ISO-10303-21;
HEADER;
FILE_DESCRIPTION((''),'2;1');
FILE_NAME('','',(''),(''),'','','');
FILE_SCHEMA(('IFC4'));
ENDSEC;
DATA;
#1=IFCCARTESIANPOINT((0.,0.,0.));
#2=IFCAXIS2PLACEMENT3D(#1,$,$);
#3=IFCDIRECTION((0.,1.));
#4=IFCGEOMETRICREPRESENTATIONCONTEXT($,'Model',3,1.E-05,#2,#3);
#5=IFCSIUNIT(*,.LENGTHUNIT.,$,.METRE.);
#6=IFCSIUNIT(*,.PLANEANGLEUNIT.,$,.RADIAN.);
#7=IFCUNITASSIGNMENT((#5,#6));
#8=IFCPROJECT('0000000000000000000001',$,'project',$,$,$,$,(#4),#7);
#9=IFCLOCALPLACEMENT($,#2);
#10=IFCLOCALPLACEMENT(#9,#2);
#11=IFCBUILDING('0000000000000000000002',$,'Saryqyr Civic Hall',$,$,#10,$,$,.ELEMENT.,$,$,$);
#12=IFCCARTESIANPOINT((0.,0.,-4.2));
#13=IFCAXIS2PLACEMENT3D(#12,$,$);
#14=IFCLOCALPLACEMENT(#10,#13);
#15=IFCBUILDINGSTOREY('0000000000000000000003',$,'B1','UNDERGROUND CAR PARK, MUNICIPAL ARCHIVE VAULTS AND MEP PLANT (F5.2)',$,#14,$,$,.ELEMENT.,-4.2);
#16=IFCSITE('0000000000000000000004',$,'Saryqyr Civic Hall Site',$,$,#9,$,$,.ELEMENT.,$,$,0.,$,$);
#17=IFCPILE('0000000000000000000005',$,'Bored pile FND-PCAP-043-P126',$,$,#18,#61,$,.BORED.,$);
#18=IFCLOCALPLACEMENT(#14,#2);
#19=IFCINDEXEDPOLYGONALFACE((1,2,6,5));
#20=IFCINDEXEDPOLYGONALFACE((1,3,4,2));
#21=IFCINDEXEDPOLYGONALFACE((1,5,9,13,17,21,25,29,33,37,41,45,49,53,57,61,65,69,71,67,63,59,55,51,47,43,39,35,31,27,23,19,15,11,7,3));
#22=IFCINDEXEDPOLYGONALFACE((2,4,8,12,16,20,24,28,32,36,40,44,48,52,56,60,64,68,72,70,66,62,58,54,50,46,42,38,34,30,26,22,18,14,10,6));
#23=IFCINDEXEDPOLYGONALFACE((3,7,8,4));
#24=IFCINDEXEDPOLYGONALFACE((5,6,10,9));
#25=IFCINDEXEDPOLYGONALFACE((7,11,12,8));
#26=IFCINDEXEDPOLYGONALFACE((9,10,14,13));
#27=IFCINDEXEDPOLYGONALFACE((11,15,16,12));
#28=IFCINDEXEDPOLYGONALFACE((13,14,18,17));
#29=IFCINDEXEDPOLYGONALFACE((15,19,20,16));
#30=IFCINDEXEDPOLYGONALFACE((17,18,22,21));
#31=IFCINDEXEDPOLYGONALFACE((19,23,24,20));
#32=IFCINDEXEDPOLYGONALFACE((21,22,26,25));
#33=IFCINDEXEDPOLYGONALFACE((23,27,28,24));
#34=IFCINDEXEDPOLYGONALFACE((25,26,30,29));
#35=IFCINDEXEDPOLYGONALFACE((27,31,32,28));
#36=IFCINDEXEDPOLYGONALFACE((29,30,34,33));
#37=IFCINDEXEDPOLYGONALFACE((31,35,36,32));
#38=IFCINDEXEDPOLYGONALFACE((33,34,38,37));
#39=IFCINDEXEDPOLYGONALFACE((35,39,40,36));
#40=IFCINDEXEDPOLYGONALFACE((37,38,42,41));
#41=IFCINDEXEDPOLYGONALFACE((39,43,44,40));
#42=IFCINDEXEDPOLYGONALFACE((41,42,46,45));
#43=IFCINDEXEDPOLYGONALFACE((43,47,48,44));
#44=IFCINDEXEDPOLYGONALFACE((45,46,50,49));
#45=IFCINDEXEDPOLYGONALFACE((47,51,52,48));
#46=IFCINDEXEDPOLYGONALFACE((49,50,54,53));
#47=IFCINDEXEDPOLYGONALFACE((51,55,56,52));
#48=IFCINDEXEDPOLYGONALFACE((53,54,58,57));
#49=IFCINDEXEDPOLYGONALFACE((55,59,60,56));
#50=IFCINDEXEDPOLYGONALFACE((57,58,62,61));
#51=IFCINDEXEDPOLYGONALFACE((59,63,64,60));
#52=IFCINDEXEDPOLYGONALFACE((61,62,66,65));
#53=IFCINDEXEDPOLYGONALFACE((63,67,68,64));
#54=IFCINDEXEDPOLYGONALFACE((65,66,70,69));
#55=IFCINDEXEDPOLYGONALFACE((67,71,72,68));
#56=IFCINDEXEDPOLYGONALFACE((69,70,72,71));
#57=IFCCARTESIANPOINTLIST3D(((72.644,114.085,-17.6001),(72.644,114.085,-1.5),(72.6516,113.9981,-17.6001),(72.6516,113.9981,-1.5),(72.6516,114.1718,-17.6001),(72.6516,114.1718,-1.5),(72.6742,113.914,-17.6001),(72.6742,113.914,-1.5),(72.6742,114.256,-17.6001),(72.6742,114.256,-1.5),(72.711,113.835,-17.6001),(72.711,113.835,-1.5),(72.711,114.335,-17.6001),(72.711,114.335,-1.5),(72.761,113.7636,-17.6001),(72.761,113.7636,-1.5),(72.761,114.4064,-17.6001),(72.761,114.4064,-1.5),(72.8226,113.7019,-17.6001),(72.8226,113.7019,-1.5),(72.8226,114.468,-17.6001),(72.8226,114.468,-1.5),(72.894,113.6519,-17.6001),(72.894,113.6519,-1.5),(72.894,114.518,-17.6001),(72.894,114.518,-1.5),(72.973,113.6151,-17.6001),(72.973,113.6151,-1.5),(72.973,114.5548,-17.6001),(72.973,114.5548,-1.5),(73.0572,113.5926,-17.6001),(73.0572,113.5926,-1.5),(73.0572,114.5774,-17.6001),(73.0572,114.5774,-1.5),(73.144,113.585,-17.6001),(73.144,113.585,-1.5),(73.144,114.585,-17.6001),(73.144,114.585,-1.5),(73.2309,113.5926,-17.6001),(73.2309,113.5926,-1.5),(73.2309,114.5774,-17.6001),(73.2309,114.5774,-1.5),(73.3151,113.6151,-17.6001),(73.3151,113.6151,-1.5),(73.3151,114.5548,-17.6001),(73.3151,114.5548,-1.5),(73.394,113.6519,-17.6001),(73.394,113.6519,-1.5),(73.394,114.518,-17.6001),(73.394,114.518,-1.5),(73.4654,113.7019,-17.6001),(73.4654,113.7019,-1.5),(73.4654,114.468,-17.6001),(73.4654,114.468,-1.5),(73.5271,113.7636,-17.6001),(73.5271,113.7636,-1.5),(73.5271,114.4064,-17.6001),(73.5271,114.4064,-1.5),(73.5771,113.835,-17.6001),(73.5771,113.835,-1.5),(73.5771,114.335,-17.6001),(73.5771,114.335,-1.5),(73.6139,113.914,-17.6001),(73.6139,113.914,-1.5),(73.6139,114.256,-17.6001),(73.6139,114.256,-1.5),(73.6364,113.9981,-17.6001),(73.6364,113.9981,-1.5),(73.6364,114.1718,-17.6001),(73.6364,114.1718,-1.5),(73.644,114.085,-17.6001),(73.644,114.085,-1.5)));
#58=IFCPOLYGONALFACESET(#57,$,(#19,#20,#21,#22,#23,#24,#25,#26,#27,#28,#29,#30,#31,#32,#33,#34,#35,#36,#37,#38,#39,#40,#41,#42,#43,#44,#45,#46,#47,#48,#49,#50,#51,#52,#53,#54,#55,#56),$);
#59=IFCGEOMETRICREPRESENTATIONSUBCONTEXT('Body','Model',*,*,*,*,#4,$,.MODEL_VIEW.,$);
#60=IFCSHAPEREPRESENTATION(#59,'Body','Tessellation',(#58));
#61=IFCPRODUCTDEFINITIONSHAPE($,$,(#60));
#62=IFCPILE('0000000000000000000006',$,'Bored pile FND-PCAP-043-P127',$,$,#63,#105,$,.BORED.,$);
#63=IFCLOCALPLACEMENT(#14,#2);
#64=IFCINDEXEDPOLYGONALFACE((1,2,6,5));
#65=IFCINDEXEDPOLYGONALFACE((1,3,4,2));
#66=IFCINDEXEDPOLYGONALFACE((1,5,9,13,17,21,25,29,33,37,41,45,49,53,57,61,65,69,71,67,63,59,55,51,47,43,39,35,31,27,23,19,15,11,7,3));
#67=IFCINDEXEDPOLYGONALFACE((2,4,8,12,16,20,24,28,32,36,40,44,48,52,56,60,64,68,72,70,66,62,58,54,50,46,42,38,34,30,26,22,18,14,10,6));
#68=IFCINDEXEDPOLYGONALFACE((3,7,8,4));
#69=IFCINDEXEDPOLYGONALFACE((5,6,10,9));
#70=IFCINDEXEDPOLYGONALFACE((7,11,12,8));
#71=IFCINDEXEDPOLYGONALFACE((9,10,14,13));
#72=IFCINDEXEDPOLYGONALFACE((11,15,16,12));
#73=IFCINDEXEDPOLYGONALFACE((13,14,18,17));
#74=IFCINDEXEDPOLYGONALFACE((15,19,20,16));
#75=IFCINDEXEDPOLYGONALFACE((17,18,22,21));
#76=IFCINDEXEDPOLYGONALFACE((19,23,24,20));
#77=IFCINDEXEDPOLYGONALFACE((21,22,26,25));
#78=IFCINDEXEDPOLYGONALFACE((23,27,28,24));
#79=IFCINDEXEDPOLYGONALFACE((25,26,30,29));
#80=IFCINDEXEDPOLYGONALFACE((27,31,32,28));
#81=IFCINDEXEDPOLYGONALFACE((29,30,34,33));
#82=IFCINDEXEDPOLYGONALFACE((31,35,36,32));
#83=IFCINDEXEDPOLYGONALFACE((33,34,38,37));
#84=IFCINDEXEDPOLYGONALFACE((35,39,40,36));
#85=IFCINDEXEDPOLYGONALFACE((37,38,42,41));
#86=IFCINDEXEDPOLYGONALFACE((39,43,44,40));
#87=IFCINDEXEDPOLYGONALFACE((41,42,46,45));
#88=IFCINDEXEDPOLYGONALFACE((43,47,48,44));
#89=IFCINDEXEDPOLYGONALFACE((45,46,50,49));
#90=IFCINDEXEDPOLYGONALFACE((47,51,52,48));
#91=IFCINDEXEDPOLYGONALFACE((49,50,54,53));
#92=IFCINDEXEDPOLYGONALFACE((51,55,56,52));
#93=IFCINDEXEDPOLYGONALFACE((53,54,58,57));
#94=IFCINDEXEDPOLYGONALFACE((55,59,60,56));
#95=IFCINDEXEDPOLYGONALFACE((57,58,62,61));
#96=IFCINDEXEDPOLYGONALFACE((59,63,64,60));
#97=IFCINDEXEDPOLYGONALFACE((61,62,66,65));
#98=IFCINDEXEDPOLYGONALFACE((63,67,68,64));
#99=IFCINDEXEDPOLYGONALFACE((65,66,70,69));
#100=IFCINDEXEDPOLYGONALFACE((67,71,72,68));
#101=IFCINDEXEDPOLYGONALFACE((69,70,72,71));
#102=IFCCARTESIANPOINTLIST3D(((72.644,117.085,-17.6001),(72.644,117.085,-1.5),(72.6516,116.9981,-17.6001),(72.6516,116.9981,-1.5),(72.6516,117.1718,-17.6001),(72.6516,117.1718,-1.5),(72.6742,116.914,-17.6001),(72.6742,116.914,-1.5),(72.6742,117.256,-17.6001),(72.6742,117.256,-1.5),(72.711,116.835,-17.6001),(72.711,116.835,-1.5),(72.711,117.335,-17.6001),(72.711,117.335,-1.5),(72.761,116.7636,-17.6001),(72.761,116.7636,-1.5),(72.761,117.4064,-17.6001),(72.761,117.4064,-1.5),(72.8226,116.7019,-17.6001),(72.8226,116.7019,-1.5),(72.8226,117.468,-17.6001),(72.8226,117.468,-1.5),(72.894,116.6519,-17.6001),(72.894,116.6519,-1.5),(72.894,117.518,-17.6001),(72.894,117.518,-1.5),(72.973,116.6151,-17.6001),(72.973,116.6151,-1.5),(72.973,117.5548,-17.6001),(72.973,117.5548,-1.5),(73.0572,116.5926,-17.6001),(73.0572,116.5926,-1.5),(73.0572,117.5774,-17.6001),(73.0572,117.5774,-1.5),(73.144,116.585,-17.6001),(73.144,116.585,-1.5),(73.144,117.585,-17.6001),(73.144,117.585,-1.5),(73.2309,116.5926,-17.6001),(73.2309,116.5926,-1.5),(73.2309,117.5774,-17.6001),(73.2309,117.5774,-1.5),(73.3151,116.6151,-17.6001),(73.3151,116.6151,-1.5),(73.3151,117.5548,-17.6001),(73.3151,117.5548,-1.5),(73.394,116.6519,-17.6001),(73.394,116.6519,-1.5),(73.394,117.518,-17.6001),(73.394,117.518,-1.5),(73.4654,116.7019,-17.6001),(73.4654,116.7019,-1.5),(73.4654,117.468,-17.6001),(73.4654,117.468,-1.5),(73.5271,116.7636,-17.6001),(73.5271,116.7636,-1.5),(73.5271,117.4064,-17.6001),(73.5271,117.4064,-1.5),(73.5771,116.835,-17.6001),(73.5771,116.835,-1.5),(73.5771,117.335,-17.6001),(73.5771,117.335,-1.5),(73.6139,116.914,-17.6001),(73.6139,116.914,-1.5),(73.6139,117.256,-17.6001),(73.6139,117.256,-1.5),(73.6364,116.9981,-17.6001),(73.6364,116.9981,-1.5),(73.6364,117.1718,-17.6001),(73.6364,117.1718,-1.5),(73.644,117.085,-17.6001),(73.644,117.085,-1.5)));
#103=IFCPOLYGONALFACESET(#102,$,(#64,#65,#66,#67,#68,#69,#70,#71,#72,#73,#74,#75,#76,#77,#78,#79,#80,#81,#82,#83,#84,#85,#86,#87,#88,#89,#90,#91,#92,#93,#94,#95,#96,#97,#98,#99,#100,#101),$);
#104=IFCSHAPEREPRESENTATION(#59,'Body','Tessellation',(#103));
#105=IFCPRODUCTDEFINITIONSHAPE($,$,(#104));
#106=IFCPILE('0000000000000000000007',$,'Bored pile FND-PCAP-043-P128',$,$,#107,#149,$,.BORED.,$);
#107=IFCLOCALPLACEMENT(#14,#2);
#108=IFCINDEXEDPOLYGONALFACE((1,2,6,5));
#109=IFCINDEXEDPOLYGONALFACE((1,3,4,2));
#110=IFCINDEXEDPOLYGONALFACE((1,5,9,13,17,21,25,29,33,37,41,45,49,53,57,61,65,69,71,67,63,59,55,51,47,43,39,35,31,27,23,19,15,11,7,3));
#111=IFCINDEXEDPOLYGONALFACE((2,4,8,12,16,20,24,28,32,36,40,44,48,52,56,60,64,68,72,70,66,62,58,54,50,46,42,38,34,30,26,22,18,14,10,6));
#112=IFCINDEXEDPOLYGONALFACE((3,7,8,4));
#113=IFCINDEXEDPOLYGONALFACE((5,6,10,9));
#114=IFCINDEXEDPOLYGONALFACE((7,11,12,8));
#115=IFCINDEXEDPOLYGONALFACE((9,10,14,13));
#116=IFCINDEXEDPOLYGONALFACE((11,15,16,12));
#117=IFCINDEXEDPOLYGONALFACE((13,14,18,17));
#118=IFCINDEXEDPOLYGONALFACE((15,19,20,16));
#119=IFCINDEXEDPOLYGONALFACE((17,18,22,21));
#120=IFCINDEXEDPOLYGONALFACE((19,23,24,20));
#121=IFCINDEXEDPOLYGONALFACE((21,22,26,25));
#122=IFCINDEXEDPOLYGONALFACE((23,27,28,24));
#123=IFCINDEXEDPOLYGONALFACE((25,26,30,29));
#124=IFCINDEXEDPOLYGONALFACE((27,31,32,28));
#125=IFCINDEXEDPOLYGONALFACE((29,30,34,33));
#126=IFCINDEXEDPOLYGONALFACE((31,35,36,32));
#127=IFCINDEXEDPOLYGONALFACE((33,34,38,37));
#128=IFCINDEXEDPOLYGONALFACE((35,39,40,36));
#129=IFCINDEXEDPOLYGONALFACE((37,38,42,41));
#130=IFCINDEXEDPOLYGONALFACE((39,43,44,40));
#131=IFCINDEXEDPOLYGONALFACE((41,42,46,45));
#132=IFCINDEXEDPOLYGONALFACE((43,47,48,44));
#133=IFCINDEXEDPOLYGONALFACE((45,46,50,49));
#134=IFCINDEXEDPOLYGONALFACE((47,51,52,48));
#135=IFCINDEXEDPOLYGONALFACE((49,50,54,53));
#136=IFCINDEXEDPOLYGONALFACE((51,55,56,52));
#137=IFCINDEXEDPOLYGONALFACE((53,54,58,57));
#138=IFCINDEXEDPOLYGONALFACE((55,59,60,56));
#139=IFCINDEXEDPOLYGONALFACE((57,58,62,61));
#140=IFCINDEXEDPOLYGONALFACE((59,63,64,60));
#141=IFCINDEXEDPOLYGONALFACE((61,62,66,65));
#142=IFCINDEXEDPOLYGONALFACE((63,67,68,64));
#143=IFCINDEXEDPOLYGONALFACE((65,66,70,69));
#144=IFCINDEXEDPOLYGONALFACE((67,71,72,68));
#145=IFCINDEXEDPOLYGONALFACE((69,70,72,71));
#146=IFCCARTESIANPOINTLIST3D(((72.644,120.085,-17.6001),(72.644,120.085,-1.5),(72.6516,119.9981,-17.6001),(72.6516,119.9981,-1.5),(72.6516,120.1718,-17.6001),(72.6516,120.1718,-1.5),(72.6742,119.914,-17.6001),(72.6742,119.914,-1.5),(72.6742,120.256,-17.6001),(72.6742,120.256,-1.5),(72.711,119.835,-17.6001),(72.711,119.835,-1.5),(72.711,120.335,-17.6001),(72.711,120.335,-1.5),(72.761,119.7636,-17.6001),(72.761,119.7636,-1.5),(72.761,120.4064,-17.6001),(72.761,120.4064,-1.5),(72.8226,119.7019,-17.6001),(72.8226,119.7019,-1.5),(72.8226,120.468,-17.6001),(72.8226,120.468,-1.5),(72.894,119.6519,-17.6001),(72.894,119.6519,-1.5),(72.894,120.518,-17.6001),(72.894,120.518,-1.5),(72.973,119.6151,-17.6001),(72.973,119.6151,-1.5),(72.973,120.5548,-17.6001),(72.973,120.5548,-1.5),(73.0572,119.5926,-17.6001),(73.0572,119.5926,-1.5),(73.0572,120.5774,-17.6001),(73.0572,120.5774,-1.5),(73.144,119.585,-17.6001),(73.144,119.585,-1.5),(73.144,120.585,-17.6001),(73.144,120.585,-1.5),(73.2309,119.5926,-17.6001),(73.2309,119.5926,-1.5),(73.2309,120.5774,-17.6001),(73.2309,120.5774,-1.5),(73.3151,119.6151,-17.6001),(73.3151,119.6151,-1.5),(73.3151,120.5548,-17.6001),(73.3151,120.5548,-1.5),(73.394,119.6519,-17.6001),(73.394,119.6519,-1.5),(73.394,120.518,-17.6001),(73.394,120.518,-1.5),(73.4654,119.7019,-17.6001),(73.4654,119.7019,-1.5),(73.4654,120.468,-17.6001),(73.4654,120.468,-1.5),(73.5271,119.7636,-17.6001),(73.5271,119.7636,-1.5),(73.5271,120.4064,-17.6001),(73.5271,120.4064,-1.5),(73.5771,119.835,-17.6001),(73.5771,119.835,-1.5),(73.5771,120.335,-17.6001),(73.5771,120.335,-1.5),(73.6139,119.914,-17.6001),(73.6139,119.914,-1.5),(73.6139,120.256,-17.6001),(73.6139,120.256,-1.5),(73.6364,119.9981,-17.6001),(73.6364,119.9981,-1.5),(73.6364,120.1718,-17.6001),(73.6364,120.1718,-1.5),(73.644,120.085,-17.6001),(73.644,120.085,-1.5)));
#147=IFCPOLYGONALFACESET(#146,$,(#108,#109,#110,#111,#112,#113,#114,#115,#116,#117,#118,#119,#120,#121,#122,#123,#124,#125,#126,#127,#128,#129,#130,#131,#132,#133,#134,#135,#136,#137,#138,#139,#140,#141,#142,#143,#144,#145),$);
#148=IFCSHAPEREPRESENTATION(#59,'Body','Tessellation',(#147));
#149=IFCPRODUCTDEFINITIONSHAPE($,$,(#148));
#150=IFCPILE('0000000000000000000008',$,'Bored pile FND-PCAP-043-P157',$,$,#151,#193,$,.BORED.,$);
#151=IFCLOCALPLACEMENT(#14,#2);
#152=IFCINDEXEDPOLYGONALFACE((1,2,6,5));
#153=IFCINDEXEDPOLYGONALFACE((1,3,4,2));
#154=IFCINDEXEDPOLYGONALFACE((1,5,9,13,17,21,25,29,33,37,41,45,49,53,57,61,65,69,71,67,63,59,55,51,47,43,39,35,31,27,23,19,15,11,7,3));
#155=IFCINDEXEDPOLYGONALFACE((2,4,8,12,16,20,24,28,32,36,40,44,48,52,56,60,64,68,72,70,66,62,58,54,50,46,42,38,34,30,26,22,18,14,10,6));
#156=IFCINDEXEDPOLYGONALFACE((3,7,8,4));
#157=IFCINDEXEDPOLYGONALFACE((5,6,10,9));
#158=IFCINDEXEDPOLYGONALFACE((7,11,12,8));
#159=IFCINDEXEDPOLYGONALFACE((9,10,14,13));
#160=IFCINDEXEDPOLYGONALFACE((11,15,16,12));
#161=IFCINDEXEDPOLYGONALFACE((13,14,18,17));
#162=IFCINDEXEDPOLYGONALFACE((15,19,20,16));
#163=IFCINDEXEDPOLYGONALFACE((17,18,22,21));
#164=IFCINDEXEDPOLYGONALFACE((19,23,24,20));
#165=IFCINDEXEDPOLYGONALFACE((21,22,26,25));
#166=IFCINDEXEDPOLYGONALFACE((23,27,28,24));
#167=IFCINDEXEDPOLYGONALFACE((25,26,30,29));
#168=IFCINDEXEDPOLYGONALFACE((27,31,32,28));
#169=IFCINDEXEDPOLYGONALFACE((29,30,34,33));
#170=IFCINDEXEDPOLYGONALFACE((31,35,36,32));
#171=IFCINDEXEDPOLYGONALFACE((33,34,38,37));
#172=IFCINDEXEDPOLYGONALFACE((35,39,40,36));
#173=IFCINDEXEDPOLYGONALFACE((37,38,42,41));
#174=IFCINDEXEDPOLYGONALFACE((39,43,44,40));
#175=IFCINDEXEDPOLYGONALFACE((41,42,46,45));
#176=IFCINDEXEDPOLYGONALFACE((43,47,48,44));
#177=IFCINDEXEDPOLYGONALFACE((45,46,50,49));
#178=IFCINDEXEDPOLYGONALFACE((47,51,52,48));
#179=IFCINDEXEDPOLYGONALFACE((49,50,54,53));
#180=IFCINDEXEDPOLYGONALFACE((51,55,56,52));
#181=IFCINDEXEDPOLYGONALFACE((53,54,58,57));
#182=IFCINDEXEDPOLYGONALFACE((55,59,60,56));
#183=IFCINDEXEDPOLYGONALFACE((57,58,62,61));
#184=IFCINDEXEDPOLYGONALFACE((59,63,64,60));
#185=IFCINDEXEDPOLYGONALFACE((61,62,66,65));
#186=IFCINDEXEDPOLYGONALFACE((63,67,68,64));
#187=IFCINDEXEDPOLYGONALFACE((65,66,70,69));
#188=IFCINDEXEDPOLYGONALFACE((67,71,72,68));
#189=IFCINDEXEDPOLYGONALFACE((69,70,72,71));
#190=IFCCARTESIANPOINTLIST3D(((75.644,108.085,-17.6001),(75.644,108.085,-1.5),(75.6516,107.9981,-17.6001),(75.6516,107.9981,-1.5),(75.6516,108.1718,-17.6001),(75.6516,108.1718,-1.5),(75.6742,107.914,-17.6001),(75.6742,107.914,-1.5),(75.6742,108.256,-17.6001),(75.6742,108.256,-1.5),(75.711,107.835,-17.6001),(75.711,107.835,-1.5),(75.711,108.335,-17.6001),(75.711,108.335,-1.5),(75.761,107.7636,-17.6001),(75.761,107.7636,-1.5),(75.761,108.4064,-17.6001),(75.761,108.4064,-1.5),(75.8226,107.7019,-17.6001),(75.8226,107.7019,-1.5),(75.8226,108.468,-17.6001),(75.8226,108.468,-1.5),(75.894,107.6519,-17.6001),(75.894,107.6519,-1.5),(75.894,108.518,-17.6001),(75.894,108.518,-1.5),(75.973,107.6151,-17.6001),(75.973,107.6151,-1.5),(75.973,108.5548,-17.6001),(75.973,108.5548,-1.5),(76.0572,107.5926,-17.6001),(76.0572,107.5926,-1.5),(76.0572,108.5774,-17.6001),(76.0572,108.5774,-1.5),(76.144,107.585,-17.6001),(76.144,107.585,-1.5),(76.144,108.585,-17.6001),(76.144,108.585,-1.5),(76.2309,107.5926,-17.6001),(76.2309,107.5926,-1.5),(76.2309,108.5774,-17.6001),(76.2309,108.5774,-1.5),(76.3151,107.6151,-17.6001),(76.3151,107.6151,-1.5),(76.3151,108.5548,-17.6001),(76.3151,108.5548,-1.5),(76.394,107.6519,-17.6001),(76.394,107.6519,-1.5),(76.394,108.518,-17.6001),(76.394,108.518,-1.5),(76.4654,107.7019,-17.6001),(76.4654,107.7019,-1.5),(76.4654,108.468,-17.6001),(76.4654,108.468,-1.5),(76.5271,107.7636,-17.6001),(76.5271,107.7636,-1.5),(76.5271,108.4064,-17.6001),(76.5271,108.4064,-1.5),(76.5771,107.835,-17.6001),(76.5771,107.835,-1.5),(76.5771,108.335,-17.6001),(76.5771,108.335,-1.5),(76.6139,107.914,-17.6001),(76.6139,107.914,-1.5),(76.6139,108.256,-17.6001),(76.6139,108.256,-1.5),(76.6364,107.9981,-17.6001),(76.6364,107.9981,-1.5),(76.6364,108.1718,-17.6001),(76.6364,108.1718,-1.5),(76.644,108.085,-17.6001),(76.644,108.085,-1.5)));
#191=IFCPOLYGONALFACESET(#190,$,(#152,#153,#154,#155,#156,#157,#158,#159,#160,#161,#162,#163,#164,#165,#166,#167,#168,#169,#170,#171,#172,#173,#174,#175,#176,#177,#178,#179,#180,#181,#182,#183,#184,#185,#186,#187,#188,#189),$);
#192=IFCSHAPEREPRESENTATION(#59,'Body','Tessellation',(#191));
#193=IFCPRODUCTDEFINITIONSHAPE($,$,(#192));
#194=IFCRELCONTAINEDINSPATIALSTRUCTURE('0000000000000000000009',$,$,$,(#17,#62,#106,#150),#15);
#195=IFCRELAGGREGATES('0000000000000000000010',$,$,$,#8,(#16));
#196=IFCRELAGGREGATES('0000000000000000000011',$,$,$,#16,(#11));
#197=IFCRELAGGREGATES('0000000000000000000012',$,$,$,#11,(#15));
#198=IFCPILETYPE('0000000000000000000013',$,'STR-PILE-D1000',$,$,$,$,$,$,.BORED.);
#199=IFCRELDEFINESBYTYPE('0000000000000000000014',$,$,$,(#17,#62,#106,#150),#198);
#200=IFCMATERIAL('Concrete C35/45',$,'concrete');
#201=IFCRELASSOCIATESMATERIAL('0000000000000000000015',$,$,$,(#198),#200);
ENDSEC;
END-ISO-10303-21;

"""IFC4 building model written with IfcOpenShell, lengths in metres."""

from ifc_helpers import new_model, si_unit, direction, frame, origin, origin_2d, place, context, subcontext, project, spatial, circle, extrude, material, material_profile, profile_set, type_object, element, save


model = new_model("IFC4")

# Units and contexts
model_context = context("Model", 3, precision=1e-05, world=origin(), true_north=direction((0.0, 1.0)))
body_context = subcontext(model_context, "Body", "Model", "MODEL_VIEW")
ifc_project = project(units=[si_unit("LENGTHUNIT", "METRE"), si_unit("PLANEANGLEUNIT", "RADIAN")], contexts=[model_context])

# Site, building, storey
site_placement = place(None, origin())
site = spatial("IfcSite", under=ifc_project, at=site_placement, Name="Saryqyr Civic Hall Site", CompositionType="ELEMENT", RefElevation=0.0)
building_placement = place(site_placement, origin())
building = spatial("IfcBuilding", under=site, at=building_placement, Name="Saryqyr Civic Hall", CompositionType="ELEMENT")
storey_placement = place(building_placement, frame((0.0, 0.0, -4.2)))
storey = spatial("IfcBuildingStorey", under=building, at=storey_placement, Name="B1", Description="UNDERGROUND CAR PARK, MUNICIPAL ARCHIVE VAULTS AND MEP PLANT (F5.2)", CompositionType="ELEMENT", Elevation=-4.2)

# Piles
ifc_material_1 = material(Name="Concrete C35/45", Category="concrete")
ifc_material_profile_1 = material_profile(ifc_material_1, circle(Radius=0.5, at=origin_2d()), Name="BORED PILE D1000")
ifc_profile_set_1 = profile_set([ifc_material_profile_1], Name="Concrete C35/45")
pile_type = type_object("IfcPileType", Name="STR-PILE-D1000", PredefinedType="BORED", material=ifc_profile_set_1)
for number, where, z_axis, x_axis, name in (
    (1, (73.144, 114.085, -1.5), (0.0, 0.0, -1.0), (1.0, 0.0, 0.0), "Bored pile FND-PCAP-043-P126"),
    (2, (73.144, 117.085, -1.5), (0.0, 0.0, -1.0), (1.0, 0.0, 0.0), "Bored pile FND-PCAP-043-P127"),
    (3, (73.144, 120.085, -1.5), (0.0, 0.0, -1.0), (1.0, 0.0, 0.0), "Bored pile FND-PCAP-043-P128"),
    (4, (76.144, 108.085, -1.5), (0.0, 0.0, -1.0), (1.0, 0.0, 0.0), "Bored pile FND-PCAP-043-P157"),
):
    element("IfcPile", number, at=place(storey_placement, frame(where, z_axis=z_axis, x_axis=x_axis)), inside=storey, type_object=pile_type, Name=name, PredefinedType="BORED", context=body_context, shape_type="SweptSolid", body=[
        extrude(circle(Radius=0.5, at=origin_2d()), origin(), (0.0, 0.0, 1.0), 16.1001),
    ])

save(model, "model.ifc")
